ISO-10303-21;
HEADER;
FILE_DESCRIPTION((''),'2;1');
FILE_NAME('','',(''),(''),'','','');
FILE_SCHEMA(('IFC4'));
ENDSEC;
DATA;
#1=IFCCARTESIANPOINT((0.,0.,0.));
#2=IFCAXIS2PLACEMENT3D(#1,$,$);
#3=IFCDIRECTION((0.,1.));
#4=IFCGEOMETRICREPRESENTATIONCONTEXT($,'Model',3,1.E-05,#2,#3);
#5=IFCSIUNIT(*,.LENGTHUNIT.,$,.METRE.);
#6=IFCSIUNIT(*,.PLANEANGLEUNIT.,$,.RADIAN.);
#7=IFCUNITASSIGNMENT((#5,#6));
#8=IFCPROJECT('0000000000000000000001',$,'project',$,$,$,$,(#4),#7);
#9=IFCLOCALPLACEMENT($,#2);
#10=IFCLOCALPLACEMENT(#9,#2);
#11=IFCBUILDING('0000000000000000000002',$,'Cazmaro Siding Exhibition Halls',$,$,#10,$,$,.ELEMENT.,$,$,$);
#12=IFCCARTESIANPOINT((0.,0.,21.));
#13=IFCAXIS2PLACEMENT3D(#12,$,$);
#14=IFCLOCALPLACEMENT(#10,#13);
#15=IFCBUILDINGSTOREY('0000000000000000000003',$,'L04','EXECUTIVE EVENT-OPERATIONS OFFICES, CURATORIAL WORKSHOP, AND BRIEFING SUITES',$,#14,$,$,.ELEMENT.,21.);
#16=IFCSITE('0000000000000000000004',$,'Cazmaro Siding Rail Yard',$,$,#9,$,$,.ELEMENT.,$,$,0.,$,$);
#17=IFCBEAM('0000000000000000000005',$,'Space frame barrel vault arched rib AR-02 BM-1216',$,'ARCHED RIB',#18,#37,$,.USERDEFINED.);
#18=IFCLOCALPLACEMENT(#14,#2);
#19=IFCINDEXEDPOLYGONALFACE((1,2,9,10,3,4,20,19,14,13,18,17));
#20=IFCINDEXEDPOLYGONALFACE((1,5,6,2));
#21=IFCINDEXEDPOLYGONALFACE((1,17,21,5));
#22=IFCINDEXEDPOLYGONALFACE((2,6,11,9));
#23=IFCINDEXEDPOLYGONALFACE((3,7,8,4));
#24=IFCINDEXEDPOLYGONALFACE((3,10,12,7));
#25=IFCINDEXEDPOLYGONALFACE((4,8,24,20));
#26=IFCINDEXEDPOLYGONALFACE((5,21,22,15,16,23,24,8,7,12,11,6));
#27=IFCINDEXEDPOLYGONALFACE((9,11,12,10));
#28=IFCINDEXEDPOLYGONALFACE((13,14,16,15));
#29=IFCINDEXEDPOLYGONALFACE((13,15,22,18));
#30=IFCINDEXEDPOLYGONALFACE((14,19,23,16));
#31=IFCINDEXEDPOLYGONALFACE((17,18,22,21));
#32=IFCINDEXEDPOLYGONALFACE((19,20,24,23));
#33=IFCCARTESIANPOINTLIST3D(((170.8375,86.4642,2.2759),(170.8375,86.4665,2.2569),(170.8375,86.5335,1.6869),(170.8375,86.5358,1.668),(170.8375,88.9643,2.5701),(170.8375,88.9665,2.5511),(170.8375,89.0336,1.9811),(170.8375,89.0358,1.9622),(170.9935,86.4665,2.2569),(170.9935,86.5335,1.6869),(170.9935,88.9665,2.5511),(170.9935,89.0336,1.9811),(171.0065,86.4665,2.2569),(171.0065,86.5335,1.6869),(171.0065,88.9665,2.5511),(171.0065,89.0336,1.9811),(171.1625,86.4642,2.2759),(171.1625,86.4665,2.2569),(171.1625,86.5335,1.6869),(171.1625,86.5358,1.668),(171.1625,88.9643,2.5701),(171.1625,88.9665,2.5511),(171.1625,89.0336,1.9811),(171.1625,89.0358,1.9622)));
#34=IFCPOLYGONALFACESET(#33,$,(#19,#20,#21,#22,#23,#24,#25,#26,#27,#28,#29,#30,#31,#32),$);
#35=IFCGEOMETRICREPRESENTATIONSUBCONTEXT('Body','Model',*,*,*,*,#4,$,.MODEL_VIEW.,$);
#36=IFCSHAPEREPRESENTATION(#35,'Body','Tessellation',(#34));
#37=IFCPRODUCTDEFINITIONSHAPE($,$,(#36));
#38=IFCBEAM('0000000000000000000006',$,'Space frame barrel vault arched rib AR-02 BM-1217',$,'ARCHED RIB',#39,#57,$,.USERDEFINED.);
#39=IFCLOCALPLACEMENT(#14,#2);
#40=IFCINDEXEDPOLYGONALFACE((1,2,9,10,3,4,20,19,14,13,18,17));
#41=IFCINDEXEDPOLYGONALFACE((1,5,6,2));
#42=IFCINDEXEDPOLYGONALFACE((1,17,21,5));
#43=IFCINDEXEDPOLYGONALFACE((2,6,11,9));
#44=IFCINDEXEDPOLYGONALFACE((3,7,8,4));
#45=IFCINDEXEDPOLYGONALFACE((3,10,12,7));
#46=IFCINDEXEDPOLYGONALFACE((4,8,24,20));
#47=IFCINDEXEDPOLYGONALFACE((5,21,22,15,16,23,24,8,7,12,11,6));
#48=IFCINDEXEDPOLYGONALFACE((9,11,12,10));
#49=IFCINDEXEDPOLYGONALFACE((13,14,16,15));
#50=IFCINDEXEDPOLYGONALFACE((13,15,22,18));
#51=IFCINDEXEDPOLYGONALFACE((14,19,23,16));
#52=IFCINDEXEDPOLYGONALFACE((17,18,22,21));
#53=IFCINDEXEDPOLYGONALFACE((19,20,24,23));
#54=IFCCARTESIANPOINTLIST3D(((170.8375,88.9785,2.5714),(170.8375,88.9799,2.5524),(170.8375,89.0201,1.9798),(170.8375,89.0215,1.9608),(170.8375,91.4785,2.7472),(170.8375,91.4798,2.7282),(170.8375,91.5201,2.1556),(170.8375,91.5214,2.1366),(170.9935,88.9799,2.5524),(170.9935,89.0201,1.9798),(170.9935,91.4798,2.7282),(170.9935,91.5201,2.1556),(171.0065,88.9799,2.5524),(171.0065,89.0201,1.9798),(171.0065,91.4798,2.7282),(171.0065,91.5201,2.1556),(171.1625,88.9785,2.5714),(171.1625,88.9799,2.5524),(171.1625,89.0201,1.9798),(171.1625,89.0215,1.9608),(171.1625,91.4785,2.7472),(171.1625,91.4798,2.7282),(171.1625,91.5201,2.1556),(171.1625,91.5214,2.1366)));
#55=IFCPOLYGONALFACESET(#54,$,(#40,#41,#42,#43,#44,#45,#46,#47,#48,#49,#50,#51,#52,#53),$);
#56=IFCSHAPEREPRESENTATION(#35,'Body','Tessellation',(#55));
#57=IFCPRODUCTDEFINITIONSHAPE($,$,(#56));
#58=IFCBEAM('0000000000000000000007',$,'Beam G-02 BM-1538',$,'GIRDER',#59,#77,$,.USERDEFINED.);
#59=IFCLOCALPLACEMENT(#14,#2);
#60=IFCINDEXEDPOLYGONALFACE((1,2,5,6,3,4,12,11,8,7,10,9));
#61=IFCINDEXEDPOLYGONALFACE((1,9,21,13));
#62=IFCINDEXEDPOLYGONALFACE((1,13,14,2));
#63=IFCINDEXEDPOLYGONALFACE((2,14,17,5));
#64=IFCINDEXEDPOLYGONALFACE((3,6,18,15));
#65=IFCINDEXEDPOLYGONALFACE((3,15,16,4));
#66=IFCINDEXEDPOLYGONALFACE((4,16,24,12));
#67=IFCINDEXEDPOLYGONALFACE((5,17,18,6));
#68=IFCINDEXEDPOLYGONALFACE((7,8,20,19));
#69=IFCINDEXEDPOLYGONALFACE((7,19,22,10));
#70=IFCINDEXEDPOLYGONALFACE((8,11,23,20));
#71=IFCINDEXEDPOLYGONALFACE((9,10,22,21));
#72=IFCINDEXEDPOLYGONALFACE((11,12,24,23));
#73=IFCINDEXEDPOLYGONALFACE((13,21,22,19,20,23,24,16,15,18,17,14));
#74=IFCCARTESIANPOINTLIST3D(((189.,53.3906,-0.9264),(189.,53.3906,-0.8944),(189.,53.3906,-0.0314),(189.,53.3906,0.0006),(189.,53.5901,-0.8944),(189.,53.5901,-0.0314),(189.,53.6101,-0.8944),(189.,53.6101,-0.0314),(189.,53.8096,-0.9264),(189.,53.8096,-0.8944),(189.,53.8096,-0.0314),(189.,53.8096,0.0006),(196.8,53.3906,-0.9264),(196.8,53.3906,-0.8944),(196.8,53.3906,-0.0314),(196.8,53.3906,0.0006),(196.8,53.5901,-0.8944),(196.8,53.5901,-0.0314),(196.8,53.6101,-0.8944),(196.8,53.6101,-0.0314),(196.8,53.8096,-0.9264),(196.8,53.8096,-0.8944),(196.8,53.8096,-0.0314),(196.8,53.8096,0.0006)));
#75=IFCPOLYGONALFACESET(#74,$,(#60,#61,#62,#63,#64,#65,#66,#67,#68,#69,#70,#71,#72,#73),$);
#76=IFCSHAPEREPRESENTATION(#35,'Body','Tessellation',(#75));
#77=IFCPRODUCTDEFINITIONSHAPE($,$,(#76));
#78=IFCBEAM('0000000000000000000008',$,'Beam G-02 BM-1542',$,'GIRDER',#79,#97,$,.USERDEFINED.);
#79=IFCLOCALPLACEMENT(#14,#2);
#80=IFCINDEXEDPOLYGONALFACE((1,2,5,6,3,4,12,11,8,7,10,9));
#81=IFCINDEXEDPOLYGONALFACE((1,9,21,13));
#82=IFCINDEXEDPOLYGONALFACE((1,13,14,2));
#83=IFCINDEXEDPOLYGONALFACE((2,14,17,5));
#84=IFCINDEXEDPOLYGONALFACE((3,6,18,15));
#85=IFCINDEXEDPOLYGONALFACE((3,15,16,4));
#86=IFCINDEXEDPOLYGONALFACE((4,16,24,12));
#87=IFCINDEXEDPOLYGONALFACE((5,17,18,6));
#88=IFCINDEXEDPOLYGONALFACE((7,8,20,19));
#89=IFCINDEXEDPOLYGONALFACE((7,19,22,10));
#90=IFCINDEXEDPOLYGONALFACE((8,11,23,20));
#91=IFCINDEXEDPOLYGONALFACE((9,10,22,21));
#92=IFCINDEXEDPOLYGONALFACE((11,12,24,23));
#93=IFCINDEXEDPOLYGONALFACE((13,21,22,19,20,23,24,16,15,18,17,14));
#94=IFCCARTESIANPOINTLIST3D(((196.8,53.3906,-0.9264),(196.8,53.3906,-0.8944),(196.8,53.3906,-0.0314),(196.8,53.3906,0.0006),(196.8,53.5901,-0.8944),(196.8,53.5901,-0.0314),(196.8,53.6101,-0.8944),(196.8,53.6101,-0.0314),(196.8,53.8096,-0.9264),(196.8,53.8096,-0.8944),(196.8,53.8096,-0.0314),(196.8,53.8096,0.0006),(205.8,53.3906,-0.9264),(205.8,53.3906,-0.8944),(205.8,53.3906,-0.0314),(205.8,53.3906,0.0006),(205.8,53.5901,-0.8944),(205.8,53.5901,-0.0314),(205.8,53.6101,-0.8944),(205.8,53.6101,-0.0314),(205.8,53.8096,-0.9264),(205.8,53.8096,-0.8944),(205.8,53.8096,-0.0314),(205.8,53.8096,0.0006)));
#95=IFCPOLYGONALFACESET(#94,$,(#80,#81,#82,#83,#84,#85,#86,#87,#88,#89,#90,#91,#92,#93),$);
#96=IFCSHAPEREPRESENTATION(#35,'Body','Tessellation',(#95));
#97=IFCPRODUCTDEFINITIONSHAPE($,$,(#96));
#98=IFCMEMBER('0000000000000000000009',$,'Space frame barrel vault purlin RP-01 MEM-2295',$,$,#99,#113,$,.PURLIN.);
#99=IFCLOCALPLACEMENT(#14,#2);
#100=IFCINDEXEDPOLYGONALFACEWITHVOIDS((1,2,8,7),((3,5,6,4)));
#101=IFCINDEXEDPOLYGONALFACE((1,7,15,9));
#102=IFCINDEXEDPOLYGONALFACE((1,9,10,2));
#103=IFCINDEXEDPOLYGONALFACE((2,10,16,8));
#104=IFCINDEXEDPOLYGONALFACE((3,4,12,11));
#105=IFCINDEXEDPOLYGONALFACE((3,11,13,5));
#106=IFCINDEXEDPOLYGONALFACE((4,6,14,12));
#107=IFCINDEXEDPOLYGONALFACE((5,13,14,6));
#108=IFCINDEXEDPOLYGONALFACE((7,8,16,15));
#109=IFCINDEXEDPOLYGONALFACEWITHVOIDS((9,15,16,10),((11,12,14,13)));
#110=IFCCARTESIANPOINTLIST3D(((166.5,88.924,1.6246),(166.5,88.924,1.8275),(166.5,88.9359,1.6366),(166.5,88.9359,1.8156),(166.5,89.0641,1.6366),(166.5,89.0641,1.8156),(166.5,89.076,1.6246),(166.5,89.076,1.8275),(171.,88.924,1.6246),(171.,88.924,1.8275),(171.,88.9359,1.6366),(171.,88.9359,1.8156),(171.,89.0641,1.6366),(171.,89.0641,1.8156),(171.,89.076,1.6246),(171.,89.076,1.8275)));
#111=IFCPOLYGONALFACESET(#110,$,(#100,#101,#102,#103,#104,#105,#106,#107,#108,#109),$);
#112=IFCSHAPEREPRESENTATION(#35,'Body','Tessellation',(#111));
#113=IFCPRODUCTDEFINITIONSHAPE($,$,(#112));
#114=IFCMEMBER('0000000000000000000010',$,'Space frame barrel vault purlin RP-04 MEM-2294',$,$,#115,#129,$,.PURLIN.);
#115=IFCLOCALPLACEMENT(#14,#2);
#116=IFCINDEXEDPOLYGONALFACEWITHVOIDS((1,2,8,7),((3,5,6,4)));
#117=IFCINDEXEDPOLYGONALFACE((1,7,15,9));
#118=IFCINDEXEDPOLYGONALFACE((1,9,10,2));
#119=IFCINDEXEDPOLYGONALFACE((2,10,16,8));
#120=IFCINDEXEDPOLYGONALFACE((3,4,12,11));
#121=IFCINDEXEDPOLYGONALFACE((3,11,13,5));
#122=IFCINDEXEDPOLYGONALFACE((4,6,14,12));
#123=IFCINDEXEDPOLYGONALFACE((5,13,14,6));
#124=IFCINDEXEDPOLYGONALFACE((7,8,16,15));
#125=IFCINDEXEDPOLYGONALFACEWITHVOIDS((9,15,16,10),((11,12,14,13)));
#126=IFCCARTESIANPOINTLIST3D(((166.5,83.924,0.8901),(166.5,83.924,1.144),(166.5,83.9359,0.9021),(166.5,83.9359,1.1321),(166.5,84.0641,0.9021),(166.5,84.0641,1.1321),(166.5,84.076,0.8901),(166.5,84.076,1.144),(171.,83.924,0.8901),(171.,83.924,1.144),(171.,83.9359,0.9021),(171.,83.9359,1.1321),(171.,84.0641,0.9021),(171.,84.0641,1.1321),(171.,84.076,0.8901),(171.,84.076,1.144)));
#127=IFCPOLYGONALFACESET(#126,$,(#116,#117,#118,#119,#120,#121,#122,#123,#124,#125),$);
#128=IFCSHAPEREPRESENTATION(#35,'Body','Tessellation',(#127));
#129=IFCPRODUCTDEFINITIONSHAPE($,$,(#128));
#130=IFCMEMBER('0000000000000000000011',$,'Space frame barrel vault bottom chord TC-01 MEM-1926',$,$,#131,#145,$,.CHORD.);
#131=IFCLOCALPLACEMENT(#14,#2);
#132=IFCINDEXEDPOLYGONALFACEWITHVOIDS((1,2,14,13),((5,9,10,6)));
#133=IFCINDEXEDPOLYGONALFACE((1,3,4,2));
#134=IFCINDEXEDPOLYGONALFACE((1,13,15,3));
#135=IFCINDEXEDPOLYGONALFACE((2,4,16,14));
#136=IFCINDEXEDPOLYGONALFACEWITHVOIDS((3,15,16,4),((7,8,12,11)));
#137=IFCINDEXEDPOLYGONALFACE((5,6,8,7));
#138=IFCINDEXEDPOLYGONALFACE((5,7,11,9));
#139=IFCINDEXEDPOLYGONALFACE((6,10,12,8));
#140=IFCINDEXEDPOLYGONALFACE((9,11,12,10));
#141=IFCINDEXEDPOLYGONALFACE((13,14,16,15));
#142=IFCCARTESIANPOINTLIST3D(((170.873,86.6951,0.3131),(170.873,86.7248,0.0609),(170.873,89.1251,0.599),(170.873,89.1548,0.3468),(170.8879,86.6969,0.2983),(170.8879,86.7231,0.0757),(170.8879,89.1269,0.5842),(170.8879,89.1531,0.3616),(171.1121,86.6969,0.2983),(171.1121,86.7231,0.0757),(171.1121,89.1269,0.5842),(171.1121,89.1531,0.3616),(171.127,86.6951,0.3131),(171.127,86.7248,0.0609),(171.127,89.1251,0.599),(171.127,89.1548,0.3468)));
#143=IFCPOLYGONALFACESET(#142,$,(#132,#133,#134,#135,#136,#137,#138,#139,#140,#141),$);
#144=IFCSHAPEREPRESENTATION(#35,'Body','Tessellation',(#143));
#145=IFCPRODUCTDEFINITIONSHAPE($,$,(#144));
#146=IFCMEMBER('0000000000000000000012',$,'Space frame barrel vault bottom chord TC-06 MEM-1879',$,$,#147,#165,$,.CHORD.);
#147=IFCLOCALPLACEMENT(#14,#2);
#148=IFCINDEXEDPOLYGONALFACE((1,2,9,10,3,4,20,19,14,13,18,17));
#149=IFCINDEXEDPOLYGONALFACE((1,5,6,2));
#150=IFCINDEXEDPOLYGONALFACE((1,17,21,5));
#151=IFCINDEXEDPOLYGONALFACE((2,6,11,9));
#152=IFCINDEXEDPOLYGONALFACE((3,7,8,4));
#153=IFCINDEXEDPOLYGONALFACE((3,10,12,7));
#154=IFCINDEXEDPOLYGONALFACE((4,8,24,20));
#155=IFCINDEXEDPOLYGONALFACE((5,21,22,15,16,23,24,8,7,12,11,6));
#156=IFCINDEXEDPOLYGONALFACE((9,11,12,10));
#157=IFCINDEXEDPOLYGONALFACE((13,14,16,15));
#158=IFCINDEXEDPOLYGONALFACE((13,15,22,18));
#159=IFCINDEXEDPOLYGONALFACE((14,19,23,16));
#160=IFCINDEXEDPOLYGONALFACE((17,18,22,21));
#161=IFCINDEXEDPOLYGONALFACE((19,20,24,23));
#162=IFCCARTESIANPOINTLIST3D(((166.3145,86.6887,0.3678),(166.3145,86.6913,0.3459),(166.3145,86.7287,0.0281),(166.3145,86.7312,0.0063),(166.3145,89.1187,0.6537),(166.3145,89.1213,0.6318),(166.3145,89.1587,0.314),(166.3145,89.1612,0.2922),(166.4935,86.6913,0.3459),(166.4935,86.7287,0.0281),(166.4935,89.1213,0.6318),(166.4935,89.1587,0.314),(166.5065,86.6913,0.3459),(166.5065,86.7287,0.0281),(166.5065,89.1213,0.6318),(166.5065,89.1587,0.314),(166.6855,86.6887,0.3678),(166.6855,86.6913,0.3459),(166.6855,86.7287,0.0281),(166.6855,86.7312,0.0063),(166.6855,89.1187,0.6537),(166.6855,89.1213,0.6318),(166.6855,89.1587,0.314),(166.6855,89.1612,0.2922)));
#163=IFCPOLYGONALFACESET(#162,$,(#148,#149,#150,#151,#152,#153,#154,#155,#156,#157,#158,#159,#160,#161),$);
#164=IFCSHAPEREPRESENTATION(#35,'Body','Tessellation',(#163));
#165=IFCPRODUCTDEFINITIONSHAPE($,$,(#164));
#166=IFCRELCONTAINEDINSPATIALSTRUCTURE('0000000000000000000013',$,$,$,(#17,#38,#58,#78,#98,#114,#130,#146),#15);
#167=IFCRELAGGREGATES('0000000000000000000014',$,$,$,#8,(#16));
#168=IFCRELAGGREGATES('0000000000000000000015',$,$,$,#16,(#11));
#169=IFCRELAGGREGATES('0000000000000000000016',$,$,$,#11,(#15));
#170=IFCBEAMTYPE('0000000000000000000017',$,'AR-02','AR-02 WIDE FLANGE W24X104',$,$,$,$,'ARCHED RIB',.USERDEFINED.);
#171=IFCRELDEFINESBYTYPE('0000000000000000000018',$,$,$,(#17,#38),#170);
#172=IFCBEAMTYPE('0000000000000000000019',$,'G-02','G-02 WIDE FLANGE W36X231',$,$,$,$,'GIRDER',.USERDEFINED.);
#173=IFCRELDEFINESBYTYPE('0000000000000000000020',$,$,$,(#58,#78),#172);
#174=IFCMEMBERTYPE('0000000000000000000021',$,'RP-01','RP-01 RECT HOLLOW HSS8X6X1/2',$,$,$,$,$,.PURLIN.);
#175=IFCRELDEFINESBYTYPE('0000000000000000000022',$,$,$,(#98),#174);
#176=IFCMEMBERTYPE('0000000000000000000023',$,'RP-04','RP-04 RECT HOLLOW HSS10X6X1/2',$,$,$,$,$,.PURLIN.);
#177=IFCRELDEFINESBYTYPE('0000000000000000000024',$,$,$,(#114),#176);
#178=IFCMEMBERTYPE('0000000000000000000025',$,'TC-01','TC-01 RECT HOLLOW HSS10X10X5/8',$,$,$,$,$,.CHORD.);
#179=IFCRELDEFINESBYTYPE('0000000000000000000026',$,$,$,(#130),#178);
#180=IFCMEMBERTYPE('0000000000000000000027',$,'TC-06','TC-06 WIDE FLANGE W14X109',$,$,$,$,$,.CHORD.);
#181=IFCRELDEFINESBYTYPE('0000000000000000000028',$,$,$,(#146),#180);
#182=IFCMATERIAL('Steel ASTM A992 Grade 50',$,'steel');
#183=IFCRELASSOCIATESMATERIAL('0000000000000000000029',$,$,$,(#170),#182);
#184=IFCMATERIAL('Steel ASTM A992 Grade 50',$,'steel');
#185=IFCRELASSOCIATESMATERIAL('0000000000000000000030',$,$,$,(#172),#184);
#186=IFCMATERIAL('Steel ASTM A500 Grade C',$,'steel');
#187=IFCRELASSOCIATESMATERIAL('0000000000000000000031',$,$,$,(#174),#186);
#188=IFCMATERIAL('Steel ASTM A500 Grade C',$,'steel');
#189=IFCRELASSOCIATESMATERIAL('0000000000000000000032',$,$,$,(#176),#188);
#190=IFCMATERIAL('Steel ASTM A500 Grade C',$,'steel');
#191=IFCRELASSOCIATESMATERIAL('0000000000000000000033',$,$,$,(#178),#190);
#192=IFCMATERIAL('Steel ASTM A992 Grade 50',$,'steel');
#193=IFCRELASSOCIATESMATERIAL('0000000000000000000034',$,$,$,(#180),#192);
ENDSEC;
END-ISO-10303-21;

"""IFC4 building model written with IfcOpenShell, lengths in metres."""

from ifc_helpers import new_model, si_unit, direction, frame, origin, origin_2d, place, context, subcontext, project, spatial, hollow_rectangle, i_section, extrude, material, material_profile, profile_set, type_object, element, save


model = new_model("IFC4")

# Units and contexts
model_context = context("Model", 3, precision=1e-05, world=origin(), true_north=direction((0.0, 1.0)))
body_context = subcontext(model_context, "Body", "Model", "MODEL_VIEW")
ifc_project = project(units=[si_unit("LENGTHUNIT", "METRE"), si_unit("PLANEANGLEUNIT", "RADIAN")], contexts=[model_context])

# Site, building, storey
site_placement = place(None, origin())
site = spatial("IfcSite", under=ifc_project, at=site_placement, Name="Cazmaro Siding Rail Yard", CompositionType="ELEMENT", RefElevation=0.0)
building_placement = place(site_placement, origin())
building = spatial("IfcBuilding", under=site, at=building_placement, Name="Cazmaro Siding Exhibition Halls", CompositionType="ELEMENT")
storey_placement = place(building_placement, frame((0.0, 0.0, 21.0)))
storey = spatial("IfcBuildingStorey", under=building, at=storey_placement, Name="L04", Description="EXECUTIVE EVENT-OPERATIONS OFFICES, CURATORIAL WORKSHOP, AND BRIEFING SUITES", CompositionType="ELEMENT", Elevation=21.0)

# Beams
ifc_material_1 = material(Name="Steel ASTM A992 Grade 50", Category="steel")
ifc_material_profile_1 = material_profile(ifc_material_1, i_section(OverallWidth=0.325, OverallDepth=0.6121, WebThickness=0.0129, FlangeThickness=0.019, at=origin_2d()), Name="W24X104")
ifc_profile_set_1 = profile_set([ifc_material_profile_1], Name="Steel ASTM A992 Grade 50")
beam_type_1 = type_object("IfcBeamType", Name="AR-02", Description="AR-02 WIDE FLANGE W24X104", ElementType="ARCHED RIB", PredefinedType="USERDEFINED", material=ifc_profile_set_1)
beam_1_placement = place(storey_placement, frame((171.0, 86.5, 1.9719), z_axis=(0.0, 0.993147, 0.116869), x_axis=(-1.0, 0.0, 0.0)))
element("IfcBeam", 1, at=beam_1_placement, inside=storey, type_object=beam_type_1, Name="Space frame barrel vault arched rib AR-02 BM-1216", ObjectType="ARCHED RIB", PredefinedType="USERDEFINED", context=body_context, shape_type="SweptSolid", body=[
    extrude(i_section(OverallWidth=0.325, OverallDepth=0.6121, WebThickness=0.0129, FlangeThickness=0.019, at=origin_2d()), origin(), (0.0, 0.0, 1.0), 2.5173),
])
beam_2_placement = place(storey_placement, frame((171.0, 89.0, 2.2661), z_axis=(0.0, 0.997537, 0.070139), x_axis=(-1.0, 0.0, 0.0)))
element("IfcBeam", 2, at=beam_2_placement, inside=storey, type_object=beam_type_1, Name="Space frame barrel vault arched rib AR-02 BM-1217", ObjectType="ARCHED RIB", PredefinedType="USERDEFINED", context=body_context, shape_type="SweptSolid", body=[
    extrude(i_section(OverallWidth=0.325, OverallDepth=0.6121, WebThickness=0.0129, FlangeThickness=0.019, at=origin_2d()), origin(), (0.0, 0.0, 1.0), 2.5061),
])
ifc_material_2 = material(Name="Steel ASTM A992 Grade 50", Category="steel")
ifc_material_profile_2 = material_profile(ifc_material_2, i_section(OverallWidth=0.4189, OverallDepth=0.927, WebThickness=0.02, FlangeThickness=0.032, at=origin_2d()), Name="W36X231")
ifc_profile_set_2 = profile_set([ifc_material_profile_2], Name="Steel ASTM A992 Grade 50")
beam_type_2 = type_object("IfcBeamType", Name="G-02", Description="G-02 WIDE FLANGE W36X231", ElementType="GIRDER", PredefinedType="USERDEFINED", material=ifc_profile_set_2)
beam_3_placement = place(storey_placement, frame((189.0, 53.6001, -0.4629), z_axis=(1.0, 0.0, 0.0), x_axis=(0.0, 1.0, 0.0)))
element("IfcBeam", 3, at=beam_3_placement, inside=storey, type_object=beam_type_2, Name="Beam G-02 BM-1538", ObjectType="GIRDER", PredefinedType="USERDEFINED", context=body_context, shape_type="SweptSolid", body=[
    extrude(i_section(OverallWidth=0.4189, OverallDepth=0.927, WebThickness=0.02, FlangeThickness=0.032, at=origin_2d()), origin(), (0.0, 0.0, 1.0), 7.8),
])
beam_4_placement = place(storey_placement, frame((196.8, 53.6001, -0.4629), z_axis=(1.0, 0.0, 0.0), x_axis=(0.0, 1.0, 0.0)))
element("IfcBeam", 4, at=beam_4_placement, inside=storey, type_object=beam_type_2, Name="Beam G-02 BM-1542", ObjectType="GIRDER", PredefinedType="USERDEFINED", context=body_context, shape_type="SweptSolid", body=[
    extrude(i_section(OverallWidth=0.4189, OverallDepth=0.927, WebThickness=0.02, FlangeThickness=0.032, at=origin_2d()), origin(), (0.0, 0.0, 1.0), 9.0),
])

# Members
ifc_material_3 = material(Name="Steel ASTM A500 Grade C", Category="steel")
ifc_material_profile_3 = material_profile(ifc_material_3, hollow_rectangle(XDim=0.1521, YDim=0.2029, WallThickness=0.012, at=origin_2d()), Name="HSS8X6X1/2")
ifc_profile_set_3 = profile_set([ifc_material_profile_3], Name="Steel ASTM A500 Grade C")
member_type_1 = type_object("IfcMemberType", Name="RP-01", Description="RP-01 RECT HOLLOW HSS8X6X1/2", PredefinedType="PURLIN", material=ifc_profile_set_3)
member_1_placement = place(storey_placement, frame((166.5, 89.0, 1.7261), z_axis=(1.0, 0.0, 0.0), x_axis=(0.0, 1.0, 0.0)))
element("IfcMember", 5, at=member_1_placement, inside=storey, type_object=member_type_1, Name="Space frame barrel vault purlin RP-01 MEM-2295", PredefinedType="PURLIN", context=body_context, shape_type="SweptSolid", body=[
    extrude(hollow_rectangle(XDim=0.1521, YDim=0.2029, WallThickness=0.012, at=origin_2d()), origin(), (0.0, 0.0, 1.0), 4.5),
])
ifc_material_4 = material(Name="Steel ASTM A500 Grade C", Category="steel")
ifc_material_profile_4 = material_profile(ifc_material_4, hollow_rectangle(XDim=0.1521, YDim=0.2539, WallThickness=0.012, at=origin_2d()), Name="HSS10X6X1/2")
ifc_profile_set_4 = profile_set([ifc_material_profile_4], Name="Steel ASTM A500 Grade C")
member_type_2 = type_object("IfcMemberType", Name="RP-04", Description="RP-04 RECT HOLLOW HSS10X6X1/2", PredefinedType="PURLIN", material=ifc_profile_set_4)
member_2_placement = place(storey_placement, frame((166.5, 84.0, 1.0171), z_axis=(1.0, 0.0, 0.0), x_axis=(0.0, 1.0, 0.0)))
element("IfcMember", 6, at=member_2_placement, inside=storey, type_object=member_type_2, Name="Space frame barrel vault purlin RP-04 MEM-2294", PredefinedType="PURLIN", context=body_context, shape_type="SweptSolid", body=[
    extrude(hollow_rectangle(XDim=0.1521, YDim=0.2539, WallThickness=0.012, at=origin_2d()), origin(), (0.0, 0.0, 1.0), 4.5),
])
ifc_material_5 = material(Name="Steel ASTM A500 Grade C", Category="steel")
ifc_material_profile_5 = material_profile(ifc_material_5, hollow_rectangle(XDim=0.2539, YDim=0.2539, WallThickness=0.0149, at=origin_2d()), Name="HSS10X10X5/8")
ifc_profile_set_5 = profile_set([ifc_material_profile_5], Name="Steel ASTM A500 Grade C")
member_type_3 = type_object("IfcMemberType", Name="TC-01", Description="TC-01 RECT HOLLOW HSS10X10X5/8", PredefinedType="CHORD", material=ifc_profile_set_5)
member_3_placement = place(storey_placement, frame((171.0, 86.71, 0.187), z_axis=(0.0, 0.99315, 0.116847), x_axis=(-1.0, 0.0, 0.0)))
element("IfcMember", 7, at=member_3_placement, inside=storey, type_object=member_type_3, Name="Space frame barrel vault bottom chord TC-01 MEM-1926", PredefinedType="CHORD", context=body_context, shape_type="SweptSolid", body=[
    extrude(hollow_rectangle(XDim=0.2539, YDim=0.2539, WallThickness=0.0149, at=origin_2d()), origin(), (0.0, 0.0, 1.0), 2.4468),
])
ifc_material_6 = material(Name="Steel ASTM A992 Grade 50", Category="steel")
ifc_material_profile_6 = material_profile(ifc_material_6, i_section(OverallWidth=0.3711, OverallDepth=0.364, WebThickness=0.0129, FlangeThickness=0.022, at=origin_2d()), Name="W14X109")
ifc_profile_set_6 = profile_set([ifc_material_profile_6], Name="Steel ASTM A992 Grade 50")
member_type_4 = type_object("IfcMemberType", Name="TC-06", Description="TC-06 WIDE FLANGE W14X109", PredefinedType="CHORD", material=ifc_profile_set_6)
member_4_placement = place(storey_placement, frame((166.5, 86.71, 0.187), z_axis=(0.0, 0.99315, 0.116847), x_axis=(-1.0, 0.0, 0.0)))
element("IfcMember", 8, at=member_4_placement, inside=storey, type_object=member_type_4, Name="Space frame barrel vault bottom chord TC-06 MEM-1879", PredefinedType="CHORD", context=body_context, shape_type="SweptSolid", body=[
    extrude(i_section(OverallWidth=0.3711, OverallDepth=0.364, WebThickness=0.0129, FlangeThickness=0.022, at=origin_2d()), origin(), (0.0, 0.0, 1.0), 2.4468),
])

save(model, "model.ifc")
